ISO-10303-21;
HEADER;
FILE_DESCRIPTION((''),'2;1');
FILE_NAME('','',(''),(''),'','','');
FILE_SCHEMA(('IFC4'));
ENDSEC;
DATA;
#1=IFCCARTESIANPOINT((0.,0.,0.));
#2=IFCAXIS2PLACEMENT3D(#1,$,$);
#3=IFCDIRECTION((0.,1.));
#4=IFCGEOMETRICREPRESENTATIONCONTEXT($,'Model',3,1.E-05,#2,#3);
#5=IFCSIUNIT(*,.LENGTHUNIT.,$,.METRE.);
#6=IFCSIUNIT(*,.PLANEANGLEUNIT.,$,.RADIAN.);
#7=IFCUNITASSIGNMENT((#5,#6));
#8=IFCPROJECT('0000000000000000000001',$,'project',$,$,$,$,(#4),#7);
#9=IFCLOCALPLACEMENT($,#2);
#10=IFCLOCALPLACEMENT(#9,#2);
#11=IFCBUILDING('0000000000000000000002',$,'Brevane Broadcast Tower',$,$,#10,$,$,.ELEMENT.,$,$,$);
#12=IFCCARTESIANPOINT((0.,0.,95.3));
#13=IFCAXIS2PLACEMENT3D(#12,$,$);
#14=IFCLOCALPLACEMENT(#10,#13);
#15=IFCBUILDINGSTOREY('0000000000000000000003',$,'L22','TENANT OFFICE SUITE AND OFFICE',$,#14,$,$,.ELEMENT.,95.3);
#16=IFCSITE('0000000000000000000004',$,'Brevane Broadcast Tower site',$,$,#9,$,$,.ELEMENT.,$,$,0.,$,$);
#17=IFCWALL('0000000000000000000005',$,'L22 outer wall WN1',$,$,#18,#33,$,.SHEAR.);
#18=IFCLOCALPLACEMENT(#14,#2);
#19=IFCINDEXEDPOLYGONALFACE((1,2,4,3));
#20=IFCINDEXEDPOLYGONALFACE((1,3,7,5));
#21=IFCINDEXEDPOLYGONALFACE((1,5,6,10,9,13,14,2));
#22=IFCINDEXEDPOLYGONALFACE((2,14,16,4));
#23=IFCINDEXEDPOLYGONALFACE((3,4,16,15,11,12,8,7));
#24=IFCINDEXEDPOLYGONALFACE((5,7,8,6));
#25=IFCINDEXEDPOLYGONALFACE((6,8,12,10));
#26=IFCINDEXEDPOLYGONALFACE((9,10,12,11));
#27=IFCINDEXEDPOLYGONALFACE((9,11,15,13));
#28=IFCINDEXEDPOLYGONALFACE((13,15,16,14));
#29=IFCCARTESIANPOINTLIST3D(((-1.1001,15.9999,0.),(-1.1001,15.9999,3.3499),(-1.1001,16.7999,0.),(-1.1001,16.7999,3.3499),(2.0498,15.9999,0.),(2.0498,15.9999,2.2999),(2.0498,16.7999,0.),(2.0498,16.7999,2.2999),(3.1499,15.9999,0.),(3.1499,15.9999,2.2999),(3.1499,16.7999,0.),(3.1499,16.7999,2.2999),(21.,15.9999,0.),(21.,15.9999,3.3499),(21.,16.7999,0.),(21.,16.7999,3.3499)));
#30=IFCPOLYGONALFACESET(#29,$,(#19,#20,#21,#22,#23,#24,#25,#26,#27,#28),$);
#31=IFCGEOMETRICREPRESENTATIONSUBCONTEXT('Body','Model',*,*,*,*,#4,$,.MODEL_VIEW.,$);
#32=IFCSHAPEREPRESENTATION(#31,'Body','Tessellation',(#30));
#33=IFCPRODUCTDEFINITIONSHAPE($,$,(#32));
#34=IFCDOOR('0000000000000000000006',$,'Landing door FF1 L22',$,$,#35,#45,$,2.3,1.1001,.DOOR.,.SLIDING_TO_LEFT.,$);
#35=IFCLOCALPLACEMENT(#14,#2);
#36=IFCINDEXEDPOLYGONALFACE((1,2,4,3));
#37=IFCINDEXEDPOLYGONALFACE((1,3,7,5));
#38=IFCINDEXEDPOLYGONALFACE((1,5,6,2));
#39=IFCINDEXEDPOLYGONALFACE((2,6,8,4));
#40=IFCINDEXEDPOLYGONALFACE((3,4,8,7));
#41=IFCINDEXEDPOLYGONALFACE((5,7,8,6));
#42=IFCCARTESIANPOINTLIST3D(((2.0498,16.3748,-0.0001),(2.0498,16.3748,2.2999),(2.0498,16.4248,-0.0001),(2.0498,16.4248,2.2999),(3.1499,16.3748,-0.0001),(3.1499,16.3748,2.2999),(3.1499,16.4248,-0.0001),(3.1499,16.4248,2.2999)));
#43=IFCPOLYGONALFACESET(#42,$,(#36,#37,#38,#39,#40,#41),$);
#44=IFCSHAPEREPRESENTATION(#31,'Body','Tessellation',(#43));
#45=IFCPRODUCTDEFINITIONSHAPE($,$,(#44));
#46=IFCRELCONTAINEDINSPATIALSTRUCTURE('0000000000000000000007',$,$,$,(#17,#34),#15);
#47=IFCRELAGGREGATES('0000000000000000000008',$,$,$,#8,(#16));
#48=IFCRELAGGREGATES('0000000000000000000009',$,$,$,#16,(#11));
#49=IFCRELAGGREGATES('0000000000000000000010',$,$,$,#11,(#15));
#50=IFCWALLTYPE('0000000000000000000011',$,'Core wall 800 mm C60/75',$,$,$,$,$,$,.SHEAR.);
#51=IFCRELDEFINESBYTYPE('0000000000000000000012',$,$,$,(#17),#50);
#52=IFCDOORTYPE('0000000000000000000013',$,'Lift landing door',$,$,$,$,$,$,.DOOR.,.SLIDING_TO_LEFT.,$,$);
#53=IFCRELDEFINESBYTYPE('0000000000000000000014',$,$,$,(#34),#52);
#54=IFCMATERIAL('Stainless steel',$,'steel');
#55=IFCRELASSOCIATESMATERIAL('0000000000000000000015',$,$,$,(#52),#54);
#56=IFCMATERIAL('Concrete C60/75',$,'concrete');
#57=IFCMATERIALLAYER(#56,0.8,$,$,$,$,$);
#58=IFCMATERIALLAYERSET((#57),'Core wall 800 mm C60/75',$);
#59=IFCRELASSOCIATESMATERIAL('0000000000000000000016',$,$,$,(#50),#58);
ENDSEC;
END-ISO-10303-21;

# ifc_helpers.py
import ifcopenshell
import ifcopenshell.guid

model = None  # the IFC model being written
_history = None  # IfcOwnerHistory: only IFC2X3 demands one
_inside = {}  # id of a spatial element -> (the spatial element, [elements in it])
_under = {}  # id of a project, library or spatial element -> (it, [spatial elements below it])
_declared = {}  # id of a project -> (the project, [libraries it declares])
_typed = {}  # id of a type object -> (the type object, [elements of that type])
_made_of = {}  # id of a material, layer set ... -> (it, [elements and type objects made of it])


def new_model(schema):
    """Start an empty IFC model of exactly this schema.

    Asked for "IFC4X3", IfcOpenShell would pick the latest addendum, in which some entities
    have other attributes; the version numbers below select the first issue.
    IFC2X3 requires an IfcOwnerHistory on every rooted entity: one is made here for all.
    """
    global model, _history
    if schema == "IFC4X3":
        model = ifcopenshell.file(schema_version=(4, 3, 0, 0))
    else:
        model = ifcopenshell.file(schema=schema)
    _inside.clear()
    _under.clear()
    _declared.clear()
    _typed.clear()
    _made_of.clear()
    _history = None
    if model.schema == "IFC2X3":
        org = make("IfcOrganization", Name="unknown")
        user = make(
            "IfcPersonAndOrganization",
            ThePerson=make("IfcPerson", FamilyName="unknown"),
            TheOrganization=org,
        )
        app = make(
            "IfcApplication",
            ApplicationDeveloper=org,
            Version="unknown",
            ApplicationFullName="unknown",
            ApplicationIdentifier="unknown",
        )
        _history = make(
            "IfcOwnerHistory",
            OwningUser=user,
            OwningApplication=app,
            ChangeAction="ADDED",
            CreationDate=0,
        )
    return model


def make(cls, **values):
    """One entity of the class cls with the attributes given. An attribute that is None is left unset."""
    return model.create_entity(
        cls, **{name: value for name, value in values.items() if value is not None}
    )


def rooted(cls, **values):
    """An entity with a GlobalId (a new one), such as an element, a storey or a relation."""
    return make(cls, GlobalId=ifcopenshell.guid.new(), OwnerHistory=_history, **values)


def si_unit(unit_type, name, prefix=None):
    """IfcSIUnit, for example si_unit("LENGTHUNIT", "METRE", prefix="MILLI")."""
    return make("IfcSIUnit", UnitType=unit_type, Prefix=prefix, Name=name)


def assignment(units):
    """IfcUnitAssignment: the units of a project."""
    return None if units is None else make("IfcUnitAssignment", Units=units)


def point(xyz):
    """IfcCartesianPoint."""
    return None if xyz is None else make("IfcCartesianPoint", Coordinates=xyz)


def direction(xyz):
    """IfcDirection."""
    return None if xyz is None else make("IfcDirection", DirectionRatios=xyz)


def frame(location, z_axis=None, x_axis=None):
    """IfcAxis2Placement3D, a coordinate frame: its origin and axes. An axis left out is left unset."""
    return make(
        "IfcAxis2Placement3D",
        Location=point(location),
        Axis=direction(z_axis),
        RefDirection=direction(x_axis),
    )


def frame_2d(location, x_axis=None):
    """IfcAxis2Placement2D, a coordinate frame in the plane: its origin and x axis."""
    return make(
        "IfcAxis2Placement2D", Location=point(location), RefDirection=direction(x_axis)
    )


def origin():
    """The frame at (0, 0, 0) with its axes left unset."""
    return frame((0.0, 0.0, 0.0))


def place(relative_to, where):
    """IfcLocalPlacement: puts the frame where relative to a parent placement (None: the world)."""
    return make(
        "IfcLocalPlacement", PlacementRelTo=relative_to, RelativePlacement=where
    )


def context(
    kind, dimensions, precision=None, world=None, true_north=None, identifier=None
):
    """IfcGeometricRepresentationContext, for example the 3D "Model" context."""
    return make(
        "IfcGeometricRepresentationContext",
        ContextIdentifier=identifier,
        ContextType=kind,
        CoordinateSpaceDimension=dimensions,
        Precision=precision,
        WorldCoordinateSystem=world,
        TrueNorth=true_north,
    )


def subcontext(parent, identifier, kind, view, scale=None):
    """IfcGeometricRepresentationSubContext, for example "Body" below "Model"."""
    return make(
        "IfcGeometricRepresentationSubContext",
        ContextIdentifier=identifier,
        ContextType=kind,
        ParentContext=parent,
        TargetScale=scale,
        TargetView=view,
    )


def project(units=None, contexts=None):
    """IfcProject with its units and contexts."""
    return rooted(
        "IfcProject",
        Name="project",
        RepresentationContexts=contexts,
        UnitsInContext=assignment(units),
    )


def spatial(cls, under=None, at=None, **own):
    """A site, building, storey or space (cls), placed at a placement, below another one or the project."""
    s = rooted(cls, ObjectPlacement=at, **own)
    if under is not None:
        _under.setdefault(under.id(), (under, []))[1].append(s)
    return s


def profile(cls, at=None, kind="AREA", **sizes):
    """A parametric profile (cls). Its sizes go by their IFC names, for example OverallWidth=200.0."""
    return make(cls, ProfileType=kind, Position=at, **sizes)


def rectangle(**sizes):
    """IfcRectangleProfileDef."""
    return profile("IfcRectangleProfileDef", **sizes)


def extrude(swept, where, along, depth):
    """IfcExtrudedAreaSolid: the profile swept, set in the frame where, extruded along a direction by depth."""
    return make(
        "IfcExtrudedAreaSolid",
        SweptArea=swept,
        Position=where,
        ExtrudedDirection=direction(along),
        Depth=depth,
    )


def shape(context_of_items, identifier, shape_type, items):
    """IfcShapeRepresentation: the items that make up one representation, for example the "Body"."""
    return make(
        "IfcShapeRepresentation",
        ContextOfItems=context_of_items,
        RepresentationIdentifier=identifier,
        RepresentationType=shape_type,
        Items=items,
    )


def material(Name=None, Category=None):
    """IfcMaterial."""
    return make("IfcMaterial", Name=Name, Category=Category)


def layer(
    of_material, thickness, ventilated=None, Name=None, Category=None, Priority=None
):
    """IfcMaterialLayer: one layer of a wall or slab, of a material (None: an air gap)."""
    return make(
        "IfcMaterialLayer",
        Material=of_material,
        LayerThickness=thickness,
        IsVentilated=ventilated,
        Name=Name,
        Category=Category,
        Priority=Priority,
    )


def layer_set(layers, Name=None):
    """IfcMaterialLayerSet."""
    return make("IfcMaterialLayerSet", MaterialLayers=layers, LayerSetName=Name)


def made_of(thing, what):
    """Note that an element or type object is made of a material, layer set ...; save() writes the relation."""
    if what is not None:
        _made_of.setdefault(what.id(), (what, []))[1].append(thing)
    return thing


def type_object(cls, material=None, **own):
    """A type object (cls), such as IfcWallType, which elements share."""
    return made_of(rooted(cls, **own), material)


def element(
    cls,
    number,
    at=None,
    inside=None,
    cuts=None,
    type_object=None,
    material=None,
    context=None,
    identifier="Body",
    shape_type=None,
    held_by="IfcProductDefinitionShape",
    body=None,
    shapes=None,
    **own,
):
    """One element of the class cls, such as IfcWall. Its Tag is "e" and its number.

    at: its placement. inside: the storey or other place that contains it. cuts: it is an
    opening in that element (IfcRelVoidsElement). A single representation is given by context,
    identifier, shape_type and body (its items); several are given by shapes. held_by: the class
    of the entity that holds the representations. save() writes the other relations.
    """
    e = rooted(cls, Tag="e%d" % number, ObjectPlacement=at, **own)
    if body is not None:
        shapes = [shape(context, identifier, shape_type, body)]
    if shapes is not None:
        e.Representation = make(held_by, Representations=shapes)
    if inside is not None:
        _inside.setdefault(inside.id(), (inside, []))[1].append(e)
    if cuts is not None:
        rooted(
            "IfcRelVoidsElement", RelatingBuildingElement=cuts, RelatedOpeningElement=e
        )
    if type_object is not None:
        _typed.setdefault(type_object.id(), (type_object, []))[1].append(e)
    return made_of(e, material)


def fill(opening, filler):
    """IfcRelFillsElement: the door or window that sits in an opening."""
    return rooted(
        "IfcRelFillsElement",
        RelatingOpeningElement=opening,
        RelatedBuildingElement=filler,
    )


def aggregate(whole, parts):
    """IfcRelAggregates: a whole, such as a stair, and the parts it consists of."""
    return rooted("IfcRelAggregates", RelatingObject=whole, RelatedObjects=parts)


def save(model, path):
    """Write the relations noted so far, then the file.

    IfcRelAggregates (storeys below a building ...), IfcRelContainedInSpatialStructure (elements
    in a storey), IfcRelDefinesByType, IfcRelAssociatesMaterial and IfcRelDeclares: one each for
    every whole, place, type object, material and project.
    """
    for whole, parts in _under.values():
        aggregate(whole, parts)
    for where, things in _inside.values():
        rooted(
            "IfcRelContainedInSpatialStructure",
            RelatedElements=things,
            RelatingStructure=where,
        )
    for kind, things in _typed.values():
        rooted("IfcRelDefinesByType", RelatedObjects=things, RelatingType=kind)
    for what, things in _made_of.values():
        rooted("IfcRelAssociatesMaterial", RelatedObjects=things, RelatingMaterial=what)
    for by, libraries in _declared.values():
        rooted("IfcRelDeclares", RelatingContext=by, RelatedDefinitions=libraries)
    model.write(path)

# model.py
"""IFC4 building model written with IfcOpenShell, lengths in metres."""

from ifc_helpers import new_model, si_unit, direction, frame, frame_2d, origin, place, context, subcontext, project, spatial, rectangle, extrude, material, layer, layer_set, type_object, element, fill, save


model = new_model("IFC4")

# Units and contexts
model_context = context("Model", 3, precision=1e-05, world=origin(), true_north=direction((0.0, 1.0)))
body_context = subcontext(model_context, "Body", "Model", "MODEL_VIEW")
ifc_project = project(units=[si_unit("LENGTHUNIT", "METRE"), si_unit("PLANEANGLEUNIT", "RADIAN")], contexts=[model_context])

# Site, building, storey
site_placement = place(None, origin())
site = spatial("IfcSite", under=ifc_project, at=site_placement, Name="Brevane Broadcast Tower site", CompositionType="ELEMENT", RefElevation=0.0)
building_placement = place(site_placement, origin())
building = spatial("IfcBuilding", under=site, at=building_placement, Name="Brevane Broadcast Tower", CompositionType="ELEMENT")
storey_placement = place(building_placement, frame((0.0, 0.0, 95.3)))
storey = spatial("IfcBuildingStorey", under=building, at=storey_placement, Name="L22", Description="TENANT OFFICE SUITE AND OFFICE", CompositionType="ELEMENT", Elevation=95.3)

# Shared definitions
ifc_material_1 = material(Name="Concrete C60/75", Category="concrete")
ifc_material_2 = material(Name="Stainless steel", Category="steel")
door_type = type_object("IfcDoorType", Name="Lift landing door", OperationType="SLIDING_TO_LEFT", PredefinedType="DOOR", material=ifc_material_2)

# Wall, opening, door
ifc_layer_1 = layer(ifc_material_1, 0.8)
ifc_layer_set_1 = layer_set([ifc_layer_1], Name="Core wall 800 mm C60/75")
wall_type_1 = type_object("IfcWallType", Name="Core wall 800 mm C60/75", PredefinedType="SHEAR", material=ifc_layer_set_1)
wall_1_placement = place(storey_placement, frame((-1.1001, 16.3999, 0.0), z_axis=(0.0, 0.0, 1.0), x_axis=(1.0, 0.0, 0.0)))
wall_1 = element("IfcWall", 1, at=wall_1_placement, inside=storey, type_object=wall_type_1, Name="L22 outer wall WN1", PredefinedType="SHEAR", context=body_context, shape_type="SweptSolid", body=[
    extrude(rectangle(XDim=22.1001, YDim=0.8, at=frame_2d((11.05, 0.0))), origin(), (0.0, 0.0, 1.0), 3.3499),
])
opening_1_placement = place(wall_1_placement, frame((3.1499, 0.0, 0.0)))
opening_1 = element("IfcOpeningElement", 2, at=opening_1_placement, cuts=wall_1, PredefinedType="OPENING", context=body_context, shape_type="SweptSolid", body=[
    extrude(rectangle(XDim=1.1001, YDim=2.3, at=frame_2d((0.55, 1.1499))), frame((0.0, 0.4099, 0.0), z_axis=(0.0, -1.0, 0.0), x_axis=(1.0, 0.0, 0.0)), (0.0, 0.0, 1.0), 0.8201),
])
door_1_placement = place(opening_1_placement, origin())
door_1 = element("IfcDoor", 3, at=door_1_placement, inside=storey, type_object=door_type, Name="Landing door FF1 L22", OperationType="SLIDING_TO_LEFT", OverallHeight=2.3, OverallWidth=1.1001, PredefinedType="DOOR", context=body_context, shape_type="SweptSolid", body=[
    extrude(rectangle(XDim=1.1001, YDim=2.3, at=frame_2d((0.55, 1.1499))), frame((0.0, 0.0249, 0.0), z_axis=(0.0, -1.0, 0.0), x_axis=(1.0, 0.0, 0.0)), (0.0, 0.0, 1.0), 0.05),
])
fill(opening_1, door_1)

save(model, "model.ifc")
